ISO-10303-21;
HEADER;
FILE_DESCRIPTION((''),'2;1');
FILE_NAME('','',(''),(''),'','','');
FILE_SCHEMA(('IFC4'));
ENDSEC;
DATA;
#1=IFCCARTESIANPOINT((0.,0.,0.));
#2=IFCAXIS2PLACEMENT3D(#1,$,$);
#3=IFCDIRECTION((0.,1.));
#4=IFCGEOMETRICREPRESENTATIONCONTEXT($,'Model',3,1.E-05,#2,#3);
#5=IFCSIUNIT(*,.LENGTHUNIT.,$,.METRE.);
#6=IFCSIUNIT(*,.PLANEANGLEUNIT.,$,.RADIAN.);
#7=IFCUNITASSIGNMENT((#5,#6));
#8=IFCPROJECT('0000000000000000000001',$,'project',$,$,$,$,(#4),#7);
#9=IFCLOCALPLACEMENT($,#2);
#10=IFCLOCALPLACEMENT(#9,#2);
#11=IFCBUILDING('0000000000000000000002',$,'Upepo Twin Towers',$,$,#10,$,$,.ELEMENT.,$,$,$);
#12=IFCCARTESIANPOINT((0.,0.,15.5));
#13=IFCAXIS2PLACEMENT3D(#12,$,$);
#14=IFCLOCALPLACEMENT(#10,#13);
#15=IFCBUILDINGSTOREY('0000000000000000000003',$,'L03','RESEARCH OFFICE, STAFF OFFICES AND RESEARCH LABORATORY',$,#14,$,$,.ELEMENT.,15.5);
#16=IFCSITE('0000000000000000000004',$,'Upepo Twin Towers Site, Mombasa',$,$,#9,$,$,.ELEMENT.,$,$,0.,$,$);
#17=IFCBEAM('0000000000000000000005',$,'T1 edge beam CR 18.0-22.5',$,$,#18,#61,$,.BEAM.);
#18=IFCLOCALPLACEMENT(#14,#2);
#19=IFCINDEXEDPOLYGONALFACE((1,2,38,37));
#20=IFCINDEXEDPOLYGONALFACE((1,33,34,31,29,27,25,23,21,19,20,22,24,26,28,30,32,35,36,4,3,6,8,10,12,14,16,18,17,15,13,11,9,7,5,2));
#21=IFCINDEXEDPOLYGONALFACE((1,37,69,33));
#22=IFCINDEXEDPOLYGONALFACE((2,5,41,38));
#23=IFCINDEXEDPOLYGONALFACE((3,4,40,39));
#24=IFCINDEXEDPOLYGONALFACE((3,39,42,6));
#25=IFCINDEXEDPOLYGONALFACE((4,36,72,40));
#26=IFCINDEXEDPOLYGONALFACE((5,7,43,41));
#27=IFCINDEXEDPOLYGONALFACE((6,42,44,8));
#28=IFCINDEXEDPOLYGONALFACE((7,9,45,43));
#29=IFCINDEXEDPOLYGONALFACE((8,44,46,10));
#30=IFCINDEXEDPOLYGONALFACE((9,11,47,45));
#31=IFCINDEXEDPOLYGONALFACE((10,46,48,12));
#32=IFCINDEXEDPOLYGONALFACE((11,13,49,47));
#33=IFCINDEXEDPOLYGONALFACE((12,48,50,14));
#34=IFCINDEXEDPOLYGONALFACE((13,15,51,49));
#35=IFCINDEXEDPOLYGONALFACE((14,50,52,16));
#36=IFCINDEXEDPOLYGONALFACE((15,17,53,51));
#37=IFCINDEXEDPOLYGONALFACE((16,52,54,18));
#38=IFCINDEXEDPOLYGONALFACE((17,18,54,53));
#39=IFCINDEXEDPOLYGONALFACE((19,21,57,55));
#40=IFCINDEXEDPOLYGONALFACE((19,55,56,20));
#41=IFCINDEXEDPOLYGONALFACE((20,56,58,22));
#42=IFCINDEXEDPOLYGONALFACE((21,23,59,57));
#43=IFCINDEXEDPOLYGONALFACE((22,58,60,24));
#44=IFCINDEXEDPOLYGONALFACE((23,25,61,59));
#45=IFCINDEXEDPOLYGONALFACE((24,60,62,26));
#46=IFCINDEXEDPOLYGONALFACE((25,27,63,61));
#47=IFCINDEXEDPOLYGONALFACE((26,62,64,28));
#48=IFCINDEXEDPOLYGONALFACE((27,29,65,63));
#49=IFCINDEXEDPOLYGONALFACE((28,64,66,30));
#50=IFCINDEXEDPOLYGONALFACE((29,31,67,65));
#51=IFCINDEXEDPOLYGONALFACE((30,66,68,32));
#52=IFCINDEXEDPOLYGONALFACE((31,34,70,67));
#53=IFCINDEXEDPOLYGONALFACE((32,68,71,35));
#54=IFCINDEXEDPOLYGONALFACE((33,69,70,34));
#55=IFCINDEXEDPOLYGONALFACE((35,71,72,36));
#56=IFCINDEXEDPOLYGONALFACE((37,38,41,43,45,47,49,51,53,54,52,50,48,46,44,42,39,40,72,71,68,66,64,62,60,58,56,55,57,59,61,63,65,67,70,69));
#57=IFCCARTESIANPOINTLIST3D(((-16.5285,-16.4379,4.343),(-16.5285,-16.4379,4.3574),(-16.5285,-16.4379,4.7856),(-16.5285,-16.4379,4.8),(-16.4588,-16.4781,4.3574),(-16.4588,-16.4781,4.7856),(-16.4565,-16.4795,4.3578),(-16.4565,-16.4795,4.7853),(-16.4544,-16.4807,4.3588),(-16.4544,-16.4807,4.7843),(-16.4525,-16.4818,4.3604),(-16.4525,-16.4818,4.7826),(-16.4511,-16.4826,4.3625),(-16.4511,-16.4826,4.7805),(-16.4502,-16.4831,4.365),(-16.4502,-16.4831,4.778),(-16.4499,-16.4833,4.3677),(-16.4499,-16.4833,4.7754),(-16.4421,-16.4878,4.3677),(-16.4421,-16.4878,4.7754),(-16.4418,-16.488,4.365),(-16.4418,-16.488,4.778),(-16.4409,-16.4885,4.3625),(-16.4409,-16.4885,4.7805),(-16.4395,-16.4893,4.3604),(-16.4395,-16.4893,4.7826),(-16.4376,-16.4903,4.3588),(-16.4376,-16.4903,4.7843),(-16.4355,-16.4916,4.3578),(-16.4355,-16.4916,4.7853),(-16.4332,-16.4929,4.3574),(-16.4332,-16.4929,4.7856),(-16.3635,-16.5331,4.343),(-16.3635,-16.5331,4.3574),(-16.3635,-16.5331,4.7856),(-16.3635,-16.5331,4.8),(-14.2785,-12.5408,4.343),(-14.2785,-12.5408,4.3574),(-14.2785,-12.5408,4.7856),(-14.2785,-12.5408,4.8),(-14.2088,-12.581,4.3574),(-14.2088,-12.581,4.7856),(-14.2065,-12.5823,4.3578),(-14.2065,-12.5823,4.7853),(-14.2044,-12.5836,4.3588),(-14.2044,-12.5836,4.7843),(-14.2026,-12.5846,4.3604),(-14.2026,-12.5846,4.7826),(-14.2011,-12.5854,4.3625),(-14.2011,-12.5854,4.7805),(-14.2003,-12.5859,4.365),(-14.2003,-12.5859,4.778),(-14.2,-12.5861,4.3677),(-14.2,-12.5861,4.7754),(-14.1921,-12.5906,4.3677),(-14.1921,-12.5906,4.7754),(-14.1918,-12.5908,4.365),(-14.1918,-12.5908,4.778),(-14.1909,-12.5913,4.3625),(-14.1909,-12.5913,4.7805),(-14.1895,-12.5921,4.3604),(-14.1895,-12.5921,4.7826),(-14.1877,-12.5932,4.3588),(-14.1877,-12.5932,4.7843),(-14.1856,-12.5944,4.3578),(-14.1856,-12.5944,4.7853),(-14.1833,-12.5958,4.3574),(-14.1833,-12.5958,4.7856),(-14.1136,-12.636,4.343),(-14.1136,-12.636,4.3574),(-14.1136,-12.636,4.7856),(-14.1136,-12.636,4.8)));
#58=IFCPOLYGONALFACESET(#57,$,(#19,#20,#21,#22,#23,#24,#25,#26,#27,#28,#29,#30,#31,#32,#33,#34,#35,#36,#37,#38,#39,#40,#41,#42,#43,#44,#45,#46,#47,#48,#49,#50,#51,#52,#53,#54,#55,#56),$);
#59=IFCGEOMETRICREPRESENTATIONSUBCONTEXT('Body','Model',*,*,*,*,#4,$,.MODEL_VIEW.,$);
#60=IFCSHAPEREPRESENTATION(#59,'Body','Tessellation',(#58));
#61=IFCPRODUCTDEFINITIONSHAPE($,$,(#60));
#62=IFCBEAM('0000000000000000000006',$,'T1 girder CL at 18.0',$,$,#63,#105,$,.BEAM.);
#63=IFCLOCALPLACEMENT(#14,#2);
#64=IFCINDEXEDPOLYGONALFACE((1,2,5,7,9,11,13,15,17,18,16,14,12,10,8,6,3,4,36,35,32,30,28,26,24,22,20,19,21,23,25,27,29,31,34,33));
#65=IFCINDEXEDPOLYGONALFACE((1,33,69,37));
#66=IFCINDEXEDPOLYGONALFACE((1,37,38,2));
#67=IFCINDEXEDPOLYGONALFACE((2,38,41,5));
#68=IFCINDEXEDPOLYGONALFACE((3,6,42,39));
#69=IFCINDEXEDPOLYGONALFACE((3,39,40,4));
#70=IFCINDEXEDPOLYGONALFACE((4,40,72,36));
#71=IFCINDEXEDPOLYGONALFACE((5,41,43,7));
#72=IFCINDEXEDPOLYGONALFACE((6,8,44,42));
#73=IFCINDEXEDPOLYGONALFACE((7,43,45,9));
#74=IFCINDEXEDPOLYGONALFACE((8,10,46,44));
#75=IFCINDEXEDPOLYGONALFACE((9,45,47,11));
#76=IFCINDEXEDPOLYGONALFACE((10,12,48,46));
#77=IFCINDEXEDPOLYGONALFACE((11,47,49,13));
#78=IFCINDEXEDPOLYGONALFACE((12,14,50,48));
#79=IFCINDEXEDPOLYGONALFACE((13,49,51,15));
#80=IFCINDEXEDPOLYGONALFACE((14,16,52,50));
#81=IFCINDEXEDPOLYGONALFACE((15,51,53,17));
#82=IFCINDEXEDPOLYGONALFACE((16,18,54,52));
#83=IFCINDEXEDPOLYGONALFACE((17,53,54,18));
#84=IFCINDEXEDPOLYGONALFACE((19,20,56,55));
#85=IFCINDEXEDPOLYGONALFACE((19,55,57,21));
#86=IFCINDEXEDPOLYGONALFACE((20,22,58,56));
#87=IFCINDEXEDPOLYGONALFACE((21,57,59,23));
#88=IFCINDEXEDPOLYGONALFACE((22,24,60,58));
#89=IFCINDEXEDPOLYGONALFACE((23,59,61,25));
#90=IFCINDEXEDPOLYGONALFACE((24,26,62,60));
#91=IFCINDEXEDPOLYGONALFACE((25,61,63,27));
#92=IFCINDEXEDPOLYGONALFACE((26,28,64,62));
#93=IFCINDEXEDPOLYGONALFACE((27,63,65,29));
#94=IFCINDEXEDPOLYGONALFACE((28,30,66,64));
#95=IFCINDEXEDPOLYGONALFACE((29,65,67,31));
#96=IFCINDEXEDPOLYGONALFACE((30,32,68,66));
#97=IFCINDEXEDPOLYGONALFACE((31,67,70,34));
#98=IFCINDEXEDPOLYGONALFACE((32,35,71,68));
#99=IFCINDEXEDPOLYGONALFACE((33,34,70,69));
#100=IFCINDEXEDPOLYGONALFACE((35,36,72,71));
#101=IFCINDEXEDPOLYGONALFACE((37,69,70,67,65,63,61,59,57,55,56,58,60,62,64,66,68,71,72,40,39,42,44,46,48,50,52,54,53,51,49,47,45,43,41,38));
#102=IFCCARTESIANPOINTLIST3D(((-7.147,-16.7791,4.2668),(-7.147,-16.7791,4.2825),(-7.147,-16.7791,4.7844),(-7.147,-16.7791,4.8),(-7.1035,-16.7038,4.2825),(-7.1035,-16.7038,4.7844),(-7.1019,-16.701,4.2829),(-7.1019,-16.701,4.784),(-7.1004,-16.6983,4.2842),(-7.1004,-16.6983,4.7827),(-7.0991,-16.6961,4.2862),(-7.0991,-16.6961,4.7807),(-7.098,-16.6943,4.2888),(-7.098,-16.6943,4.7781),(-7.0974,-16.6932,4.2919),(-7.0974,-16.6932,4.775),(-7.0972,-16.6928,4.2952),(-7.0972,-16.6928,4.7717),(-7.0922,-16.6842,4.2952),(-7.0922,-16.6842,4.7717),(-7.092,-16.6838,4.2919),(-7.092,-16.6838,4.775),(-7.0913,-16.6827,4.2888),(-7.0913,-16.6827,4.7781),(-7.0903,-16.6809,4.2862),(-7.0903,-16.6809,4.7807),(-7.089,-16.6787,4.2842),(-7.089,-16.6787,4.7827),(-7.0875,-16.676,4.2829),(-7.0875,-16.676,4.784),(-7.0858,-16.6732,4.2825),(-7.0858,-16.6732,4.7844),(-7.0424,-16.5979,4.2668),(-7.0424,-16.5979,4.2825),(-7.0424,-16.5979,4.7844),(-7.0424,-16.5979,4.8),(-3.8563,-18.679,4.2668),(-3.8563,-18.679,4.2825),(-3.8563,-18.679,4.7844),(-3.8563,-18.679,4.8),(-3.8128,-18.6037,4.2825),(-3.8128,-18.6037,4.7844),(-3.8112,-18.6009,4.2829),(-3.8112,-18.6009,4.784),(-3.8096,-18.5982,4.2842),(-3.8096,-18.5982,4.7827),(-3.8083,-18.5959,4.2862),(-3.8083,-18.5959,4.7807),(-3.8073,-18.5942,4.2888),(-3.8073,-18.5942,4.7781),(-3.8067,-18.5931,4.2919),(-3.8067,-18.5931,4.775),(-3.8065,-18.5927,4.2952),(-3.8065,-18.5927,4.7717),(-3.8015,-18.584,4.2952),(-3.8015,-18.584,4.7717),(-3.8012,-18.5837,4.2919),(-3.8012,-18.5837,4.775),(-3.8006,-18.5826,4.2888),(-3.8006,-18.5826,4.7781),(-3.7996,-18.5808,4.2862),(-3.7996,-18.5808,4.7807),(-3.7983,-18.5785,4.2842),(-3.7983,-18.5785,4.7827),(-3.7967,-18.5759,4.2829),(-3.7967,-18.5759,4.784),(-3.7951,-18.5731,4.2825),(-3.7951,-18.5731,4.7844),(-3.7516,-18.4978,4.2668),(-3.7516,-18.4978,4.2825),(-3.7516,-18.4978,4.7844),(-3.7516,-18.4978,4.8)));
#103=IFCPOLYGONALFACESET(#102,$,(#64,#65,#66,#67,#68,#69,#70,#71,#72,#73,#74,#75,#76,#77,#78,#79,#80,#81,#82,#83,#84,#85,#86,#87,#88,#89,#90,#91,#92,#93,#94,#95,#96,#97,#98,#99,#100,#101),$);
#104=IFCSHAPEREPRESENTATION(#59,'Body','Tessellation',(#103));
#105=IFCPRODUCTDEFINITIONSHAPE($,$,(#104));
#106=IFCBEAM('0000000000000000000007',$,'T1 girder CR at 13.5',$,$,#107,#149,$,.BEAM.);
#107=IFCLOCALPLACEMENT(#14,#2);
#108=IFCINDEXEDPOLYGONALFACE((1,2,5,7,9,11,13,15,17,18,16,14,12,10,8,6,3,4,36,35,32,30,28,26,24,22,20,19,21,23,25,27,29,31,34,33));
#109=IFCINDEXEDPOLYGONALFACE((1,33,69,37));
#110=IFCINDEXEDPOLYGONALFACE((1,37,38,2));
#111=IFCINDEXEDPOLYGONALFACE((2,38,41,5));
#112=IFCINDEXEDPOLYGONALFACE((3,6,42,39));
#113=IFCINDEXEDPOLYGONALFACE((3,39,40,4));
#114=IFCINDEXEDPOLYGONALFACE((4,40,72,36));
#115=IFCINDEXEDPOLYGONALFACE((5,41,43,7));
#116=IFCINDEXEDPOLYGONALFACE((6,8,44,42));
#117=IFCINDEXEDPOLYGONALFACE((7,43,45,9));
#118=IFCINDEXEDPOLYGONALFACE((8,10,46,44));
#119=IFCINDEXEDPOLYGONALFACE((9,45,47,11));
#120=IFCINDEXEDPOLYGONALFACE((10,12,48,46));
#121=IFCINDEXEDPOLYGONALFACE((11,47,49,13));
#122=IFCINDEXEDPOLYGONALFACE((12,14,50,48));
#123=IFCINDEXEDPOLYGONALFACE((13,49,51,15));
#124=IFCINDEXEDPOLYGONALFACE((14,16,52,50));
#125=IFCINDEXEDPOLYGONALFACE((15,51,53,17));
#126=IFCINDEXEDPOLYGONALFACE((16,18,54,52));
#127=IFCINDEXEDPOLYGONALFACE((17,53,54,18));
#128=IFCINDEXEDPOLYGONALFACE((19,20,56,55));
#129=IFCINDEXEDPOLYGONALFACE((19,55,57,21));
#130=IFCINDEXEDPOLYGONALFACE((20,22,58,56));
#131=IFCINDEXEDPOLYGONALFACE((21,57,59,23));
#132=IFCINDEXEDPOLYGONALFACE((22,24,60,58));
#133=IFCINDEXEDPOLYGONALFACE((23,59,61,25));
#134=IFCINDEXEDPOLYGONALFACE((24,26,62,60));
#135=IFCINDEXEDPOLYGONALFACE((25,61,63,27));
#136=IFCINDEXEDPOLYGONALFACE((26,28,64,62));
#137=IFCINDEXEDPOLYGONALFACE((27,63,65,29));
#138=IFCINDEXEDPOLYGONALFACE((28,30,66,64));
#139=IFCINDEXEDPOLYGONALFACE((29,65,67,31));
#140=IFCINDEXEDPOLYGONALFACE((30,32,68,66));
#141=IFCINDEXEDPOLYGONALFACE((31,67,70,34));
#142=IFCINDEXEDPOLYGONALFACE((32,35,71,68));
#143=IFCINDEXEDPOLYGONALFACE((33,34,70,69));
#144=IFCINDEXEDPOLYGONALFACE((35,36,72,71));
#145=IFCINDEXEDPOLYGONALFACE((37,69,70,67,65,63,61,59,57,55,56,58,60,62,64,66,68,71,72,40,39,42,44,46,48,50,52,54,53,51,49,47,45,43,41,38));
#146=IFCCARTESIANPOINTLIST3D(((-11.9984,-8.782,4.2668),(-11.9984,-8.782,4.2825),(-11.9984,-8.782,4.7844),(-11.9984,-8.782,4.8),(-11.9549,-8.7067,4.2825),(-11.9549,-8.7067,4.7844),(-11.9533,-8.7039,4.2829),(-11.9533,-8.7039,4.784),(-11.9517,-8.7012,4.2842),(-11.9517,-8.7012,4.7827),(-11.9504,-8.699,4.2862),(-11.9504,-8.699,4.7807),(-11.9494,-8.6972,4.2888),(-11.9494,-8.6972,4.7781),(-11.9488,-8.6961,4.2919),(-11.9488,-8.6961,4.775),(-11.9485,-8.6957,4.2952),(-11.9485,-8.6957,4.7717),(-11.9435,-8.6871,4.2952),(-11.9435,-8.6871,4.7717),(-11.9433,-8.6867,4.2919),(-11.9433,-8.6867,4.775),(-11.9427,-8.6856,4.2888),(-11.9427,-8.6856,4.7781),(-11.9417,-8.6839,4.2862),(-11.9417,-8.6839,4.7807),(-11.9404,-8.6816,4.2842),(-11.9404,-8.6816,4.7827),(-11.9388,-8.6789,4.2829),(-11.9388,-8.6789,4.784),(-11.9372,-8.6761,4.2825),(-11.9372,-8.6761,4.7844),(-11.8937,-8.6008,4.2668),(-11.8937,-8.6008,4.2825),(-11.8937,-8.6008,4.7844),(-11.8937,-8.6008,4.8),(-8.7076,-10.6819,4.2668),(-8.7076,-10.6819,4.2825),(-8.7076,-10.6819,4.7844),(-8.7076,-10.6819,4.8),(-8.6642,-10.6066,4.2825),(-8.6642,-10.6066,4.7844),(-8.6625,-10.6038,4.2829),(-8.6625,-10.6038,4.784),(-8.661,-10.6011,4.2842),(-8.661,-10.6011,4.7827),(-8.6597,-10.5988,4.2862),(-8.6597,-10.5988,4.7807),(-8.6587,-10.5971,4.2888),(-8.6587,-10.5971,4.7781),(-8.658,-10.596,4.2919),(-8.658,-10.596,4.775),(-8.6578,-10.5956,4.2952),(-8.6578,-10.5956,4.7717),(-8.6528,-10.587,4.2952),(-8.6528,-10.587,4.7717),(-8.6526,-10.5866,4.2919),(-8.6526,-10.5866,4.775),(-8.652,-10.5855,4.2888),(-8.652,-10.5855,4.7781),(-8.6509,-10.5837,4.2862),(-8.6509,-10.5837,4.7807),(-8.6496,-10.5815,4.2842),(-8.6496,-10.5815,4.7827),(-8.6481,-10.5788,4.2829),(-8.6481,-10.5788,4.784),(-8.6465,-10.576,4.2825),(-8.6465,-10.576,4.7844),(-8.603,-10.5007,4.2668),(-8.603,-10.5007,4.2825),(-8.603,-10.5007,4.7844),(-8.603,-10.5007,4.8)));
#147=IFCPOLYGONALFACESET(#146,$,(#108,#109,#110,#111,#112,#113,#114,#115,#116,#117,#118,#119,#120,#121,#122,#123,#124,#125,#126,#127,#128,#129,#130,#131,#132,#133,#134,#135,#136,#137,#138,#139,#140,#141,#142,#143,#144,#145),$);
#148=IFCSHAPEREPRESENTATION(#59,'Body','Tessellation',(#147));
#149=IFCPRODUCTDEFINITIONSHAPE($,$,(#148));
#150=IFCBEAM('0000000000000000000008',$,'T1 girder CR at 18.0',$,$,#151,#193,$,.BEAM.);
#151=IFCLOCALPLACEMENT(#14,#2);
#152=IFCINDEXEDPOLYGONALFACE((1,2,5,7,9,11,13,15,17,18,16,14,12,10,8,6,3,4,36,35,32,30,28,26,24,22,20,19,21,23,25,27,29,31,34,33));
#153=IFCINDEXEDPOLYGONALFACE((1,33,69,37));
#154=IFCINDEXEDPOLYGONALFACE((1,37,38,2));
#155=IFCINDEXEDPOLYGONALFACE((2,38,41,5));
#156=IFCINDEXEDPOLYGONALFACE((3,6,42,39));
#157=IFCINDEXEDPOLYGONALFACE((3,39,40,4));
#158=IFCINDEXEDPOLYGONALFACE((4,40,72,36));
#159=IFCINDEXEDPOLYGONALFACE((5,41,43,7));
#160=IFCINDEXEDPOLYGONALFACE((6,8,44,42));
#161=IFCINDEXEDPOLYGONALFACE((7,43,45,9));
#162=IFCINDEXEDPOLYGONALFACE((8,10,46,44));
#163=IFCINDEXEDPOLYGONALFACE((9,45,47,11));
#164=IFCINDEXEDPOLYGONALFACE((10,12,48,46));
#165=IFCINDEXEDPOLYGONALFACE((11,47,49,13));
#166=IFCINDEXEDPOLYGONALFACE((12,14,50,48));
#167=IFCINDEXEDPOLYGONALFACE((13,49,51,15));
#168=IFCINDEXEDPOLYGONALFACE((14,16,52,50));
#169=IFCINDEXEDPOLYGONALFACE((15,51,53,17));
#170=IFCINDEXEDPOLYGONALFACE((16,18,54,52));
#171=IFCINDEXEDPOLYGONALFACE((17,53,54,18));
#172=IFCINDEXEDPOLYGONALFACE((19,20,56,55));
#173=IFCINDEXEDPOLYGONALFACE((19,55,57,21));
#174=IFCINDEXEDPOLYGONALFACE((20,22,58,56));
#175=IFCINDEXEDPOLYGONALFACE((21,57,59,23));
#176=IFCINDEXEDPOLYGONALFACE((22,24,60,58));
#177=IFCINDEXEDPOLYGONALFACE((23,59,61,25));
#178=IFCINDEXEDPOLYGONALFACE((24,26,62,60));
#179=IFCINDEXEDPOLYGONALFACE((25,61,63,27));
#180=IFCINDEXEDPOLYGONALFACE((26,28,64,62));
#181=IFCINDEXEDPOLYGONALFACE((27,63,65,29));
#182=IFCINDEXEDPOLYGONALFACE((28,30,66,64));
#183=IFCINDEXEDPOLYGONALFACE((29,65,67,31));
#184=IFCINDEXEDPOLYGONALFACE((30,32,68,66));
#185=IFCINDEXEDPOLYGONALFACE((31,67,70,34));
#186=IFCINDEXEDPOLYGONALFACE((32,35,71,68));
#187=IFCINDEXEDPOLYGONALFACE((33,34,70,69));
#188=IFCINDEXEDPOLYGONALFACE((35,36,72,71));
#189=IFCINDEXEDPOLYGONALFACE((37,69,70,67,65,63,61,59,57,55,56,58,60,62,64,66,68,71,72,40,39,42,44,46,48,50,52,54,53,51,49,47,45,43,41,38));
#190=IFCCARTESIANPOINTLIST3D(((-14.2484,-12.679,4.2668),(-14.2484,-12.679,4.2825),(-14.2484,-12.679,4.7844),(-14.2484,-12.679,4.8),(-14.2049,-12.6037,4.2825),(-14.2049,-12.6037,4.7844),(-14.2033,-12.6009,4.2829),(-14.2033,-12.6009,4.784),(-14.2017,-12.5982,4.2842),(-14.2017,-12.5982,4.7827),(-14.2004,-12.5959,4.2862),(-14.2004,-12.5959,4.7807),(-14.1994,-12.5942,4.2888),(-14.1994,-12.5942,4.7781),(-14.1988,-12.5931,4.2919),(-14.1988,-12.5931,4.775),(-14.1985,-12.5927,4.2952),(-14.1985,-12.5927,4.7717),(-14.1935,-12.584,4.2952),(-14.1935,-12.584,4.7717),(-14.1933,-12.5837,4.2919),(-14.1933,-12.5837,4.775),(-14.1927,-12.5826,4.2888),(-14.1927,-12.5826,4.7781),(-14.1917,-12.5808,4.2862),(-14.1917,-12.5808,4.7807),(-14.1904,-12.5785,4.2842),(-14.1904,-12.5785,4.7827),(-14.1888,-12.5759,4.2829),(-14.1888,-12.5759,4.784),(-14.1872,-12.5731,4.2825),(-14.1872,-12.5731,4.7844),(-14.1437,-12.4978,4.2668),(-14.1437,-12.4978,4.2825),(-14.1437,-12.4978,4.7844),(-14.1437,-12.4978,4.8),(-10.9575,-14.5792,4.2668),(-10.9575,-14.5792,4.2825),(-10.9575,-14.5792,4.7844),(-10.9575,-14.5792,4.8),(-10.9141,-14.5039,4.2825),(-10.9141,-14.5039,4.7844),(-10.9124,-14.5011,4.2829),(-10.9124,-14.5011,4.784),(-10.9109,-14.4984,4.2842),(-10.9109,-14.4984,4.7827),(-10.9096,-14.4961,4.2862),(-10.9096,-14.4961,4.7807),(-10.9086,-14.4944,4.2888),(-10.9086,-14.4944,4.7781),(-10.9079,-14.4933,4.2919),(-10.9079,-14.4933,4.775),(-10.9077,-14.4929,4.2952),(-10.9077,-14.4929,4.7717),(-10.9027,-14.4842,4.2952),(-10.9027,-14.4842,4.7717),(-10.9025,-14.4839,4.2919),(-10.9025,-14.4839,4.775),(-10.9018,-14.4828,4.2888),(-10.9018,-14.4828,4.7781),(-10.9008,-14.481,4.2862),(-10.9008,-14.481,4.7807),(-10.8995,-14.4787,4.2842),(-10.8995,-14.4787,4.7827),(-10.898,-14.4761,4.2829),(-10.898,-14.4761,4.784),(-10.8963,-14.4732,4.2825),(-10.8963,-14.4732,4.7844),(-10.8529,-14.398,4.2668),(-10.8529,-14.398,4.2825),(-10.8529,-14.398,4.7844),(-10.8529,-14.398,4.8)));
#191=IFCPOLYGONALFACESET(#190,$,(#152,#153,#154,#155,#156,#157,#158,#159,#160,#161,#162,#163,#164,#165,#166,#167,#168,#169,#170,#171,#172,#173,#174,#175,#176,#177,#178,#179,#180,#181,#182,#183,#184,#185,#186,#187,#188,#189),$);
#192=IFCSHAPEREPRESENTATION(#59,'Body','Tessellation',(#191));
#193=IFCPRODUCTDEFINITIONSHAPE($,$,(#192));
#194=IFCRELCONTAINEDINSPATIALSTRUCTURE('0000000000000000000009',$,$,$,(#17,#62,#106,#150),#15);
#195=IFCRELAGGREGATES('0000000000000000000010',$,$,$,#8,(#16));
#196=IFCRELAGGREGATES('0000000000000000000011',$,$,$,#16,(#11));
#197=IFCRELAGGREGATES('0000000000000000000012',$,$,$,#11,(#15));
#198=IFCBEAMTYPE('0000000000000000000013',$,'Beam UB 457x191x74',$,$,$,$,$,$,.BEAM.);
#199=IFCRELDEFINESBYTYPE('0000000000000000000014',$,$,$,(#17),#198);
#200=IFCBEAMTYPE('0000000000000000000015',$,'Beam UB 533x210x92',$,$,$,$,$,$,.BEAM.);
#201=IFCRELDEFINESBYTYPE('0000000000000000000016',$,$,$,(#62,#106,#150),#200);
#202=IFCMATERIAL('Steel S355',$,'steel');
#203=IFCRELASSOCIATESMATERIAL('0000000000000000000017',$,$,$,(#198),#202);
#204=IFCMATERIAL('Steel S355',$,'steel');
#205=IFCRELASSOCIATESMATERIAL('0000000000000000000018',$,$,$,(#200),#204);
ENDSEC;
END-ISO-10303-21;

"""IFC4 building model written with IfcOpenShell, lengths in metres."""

from ifc_helpers import new_model, si_unit, direction, frame, origin, origin_2d, place, context, subcontext, project, spatial, i_section, extrude, material, material_profile, profile_set, type_object, element, save


model = new_model("IFC4")

# Units and contexts
model_context = context("Model", 3, precision=1e-05, world=origin(), true_north=direction((0.0, 1.0)))
body_context = subcontext(model_context, "Body", "Model", "MODEL_VIEW")
ifc_project = project(units=[si_unit("LENGTHUNIT", "METRE"), si_unit("PLANEANGLEUNIT", "RADIAN")], contexts=[model_context])

# Site, building, storey
site_placement = place(None, origin())
site = spatial("IfcSite", under=ifc_project, at=site_placement, Name="Upepo Twin Towers Site, Mombasa", CompositionType="ELEMENT", RefElevation=0.0)
building_placement = place(site_placement, origin())
building = spatial("IfcBuilding", under=site, at=building_placement, Name="Upepo Twin Towers", CompositionType="ELEMENT")
storey_placement = place(building_placement, frame((0.0, 0.0, 15.5)))
storey = spatial("IfcBuildingStorey", under=building, at=storey_placement, Name="L03", Description="RESEARCH OFFICE, STAFF OFFICES AND RESEARCH LABORATORY", CompositionType="ELEMENT", Elevation=15.5)

# Beams
ifc_material_1 = material(Name="Steel S355", Category="steel")
ifc_material_profile_1 = material_profile(ifc_material_1, i_section(OverallWidth=0.1904, OverallDepth=0.457, WebThickness=0.009, FlangeThickness=0.0144, FilletRadius=0.0103, at=origin_2d()), Name="UB 457x191x74")
ifc_profile_set_1 = profile_set([ifc_material_profile_1], Name="Steel S355")
beam_type_1 = type_object("IfcBeamType", Name="Beam UB 457x191x74", PredefinedType="BEAM", material=ifc_profile_set_1)
beam_1_placement = place(storey_placement, frame((-14.196, -12.5884, 4.5715), z_axis=(-0.49999, -0.866031, 0.0), x_axis=(0.866031, -0.49999, 0.0)))
element("IfcBeam", 1, at=beam_1_placement, inside=storey, type_object=beam_type_1, Name="T1 edge beam CR 18.0-22.5", PredefinedType="BEAM", context=body_context, shape_type="SweptSolid", body=[
    extrude(i_section(OverallWidth=0.1904, OverallDepth=0.457, WebThickness=0.009, FlangeThickness=0.0144, FilletRadius=0.0103, at=origin_2d()), origin(), (0.0, 0.0, 1.0), 4.5),
])
ifc_material_2 = material(Name="Steel S355", Category="steel")
ifc_material_profile_2 = material_profile(ifc_material_2, i_section(OverallWidth=0.2092, OverallDepth=0.5332, WebThickness=0.01, FlangeThickness=0.0156, FilletRadius=0.0127, at=origin_2d()), Name="UB 533x210x92")
ifc_profile_set_2 = profile_set([ifc_material_profile_2], Name="Steel S355")
beam_type_2 = type_object("IfcBeamType", Name="Beam UB 533x210x92", PredefinedType="BEAM", material=ifc_profile_set_2)
for number, where, z_axis, x_axis, name in (
    (2, (-3.804, -18.5884, 4.5334), (-0.866028, 0.499995, 0.0), (-0.499995, -0.866028, 0.0), "T1 girder CL at 18.0"),
    (3, (-11.946, -8.6914, 4.5334), (0.866028, -0.499995, 0.0), (0.499995, 0.866028, 0.0), "T1 girder CR at 13.5"),
):
    element("IfcBeam", number, at=place(storey_placement, frame(where, z_axis=z_axis, x_axis=x_axis)), inside=storey, type_object=beam_type_2, Name=name, PredefinedType="BEAM", context=body_context, shape_type="SweptSolid", body=[
        extrude(i_section(OverallWidth=0.2092, OverallDepth=0.5332, WebThickness=0.01, FlangeThickness=0.0156, FilletRadius=0.0127, at=origin_2d()), origin(), (0.0, 0.0, 1.0), 3.7998),
    ])
beam_2_placement = place(storey_placement, frame((-14.196, -12.5884, 4.5334), z_axis=(0.866, -0.500043, 0.0), x_axis=(0.500043, 0.866, 0.0)))
element("IfcBeam", 4, at=beam_2_placement, inside=storey, type_object=beam_type_2, Name="T1 girder CR at 18.0", PredefinedType="BEAM", context=body_context, shape_type="SweptSolid", body=[
    extrude(i_section(OverallWidth=0.2092, OverallDepth=0.5332, WebThickness=0.01, FlangeThickness=0.0156, FilletRadius=0.0127, at=origin_2d()), origin(), (0.0, 0.0, 1.0), 3.8),
])

save(model, "model.ifc")
